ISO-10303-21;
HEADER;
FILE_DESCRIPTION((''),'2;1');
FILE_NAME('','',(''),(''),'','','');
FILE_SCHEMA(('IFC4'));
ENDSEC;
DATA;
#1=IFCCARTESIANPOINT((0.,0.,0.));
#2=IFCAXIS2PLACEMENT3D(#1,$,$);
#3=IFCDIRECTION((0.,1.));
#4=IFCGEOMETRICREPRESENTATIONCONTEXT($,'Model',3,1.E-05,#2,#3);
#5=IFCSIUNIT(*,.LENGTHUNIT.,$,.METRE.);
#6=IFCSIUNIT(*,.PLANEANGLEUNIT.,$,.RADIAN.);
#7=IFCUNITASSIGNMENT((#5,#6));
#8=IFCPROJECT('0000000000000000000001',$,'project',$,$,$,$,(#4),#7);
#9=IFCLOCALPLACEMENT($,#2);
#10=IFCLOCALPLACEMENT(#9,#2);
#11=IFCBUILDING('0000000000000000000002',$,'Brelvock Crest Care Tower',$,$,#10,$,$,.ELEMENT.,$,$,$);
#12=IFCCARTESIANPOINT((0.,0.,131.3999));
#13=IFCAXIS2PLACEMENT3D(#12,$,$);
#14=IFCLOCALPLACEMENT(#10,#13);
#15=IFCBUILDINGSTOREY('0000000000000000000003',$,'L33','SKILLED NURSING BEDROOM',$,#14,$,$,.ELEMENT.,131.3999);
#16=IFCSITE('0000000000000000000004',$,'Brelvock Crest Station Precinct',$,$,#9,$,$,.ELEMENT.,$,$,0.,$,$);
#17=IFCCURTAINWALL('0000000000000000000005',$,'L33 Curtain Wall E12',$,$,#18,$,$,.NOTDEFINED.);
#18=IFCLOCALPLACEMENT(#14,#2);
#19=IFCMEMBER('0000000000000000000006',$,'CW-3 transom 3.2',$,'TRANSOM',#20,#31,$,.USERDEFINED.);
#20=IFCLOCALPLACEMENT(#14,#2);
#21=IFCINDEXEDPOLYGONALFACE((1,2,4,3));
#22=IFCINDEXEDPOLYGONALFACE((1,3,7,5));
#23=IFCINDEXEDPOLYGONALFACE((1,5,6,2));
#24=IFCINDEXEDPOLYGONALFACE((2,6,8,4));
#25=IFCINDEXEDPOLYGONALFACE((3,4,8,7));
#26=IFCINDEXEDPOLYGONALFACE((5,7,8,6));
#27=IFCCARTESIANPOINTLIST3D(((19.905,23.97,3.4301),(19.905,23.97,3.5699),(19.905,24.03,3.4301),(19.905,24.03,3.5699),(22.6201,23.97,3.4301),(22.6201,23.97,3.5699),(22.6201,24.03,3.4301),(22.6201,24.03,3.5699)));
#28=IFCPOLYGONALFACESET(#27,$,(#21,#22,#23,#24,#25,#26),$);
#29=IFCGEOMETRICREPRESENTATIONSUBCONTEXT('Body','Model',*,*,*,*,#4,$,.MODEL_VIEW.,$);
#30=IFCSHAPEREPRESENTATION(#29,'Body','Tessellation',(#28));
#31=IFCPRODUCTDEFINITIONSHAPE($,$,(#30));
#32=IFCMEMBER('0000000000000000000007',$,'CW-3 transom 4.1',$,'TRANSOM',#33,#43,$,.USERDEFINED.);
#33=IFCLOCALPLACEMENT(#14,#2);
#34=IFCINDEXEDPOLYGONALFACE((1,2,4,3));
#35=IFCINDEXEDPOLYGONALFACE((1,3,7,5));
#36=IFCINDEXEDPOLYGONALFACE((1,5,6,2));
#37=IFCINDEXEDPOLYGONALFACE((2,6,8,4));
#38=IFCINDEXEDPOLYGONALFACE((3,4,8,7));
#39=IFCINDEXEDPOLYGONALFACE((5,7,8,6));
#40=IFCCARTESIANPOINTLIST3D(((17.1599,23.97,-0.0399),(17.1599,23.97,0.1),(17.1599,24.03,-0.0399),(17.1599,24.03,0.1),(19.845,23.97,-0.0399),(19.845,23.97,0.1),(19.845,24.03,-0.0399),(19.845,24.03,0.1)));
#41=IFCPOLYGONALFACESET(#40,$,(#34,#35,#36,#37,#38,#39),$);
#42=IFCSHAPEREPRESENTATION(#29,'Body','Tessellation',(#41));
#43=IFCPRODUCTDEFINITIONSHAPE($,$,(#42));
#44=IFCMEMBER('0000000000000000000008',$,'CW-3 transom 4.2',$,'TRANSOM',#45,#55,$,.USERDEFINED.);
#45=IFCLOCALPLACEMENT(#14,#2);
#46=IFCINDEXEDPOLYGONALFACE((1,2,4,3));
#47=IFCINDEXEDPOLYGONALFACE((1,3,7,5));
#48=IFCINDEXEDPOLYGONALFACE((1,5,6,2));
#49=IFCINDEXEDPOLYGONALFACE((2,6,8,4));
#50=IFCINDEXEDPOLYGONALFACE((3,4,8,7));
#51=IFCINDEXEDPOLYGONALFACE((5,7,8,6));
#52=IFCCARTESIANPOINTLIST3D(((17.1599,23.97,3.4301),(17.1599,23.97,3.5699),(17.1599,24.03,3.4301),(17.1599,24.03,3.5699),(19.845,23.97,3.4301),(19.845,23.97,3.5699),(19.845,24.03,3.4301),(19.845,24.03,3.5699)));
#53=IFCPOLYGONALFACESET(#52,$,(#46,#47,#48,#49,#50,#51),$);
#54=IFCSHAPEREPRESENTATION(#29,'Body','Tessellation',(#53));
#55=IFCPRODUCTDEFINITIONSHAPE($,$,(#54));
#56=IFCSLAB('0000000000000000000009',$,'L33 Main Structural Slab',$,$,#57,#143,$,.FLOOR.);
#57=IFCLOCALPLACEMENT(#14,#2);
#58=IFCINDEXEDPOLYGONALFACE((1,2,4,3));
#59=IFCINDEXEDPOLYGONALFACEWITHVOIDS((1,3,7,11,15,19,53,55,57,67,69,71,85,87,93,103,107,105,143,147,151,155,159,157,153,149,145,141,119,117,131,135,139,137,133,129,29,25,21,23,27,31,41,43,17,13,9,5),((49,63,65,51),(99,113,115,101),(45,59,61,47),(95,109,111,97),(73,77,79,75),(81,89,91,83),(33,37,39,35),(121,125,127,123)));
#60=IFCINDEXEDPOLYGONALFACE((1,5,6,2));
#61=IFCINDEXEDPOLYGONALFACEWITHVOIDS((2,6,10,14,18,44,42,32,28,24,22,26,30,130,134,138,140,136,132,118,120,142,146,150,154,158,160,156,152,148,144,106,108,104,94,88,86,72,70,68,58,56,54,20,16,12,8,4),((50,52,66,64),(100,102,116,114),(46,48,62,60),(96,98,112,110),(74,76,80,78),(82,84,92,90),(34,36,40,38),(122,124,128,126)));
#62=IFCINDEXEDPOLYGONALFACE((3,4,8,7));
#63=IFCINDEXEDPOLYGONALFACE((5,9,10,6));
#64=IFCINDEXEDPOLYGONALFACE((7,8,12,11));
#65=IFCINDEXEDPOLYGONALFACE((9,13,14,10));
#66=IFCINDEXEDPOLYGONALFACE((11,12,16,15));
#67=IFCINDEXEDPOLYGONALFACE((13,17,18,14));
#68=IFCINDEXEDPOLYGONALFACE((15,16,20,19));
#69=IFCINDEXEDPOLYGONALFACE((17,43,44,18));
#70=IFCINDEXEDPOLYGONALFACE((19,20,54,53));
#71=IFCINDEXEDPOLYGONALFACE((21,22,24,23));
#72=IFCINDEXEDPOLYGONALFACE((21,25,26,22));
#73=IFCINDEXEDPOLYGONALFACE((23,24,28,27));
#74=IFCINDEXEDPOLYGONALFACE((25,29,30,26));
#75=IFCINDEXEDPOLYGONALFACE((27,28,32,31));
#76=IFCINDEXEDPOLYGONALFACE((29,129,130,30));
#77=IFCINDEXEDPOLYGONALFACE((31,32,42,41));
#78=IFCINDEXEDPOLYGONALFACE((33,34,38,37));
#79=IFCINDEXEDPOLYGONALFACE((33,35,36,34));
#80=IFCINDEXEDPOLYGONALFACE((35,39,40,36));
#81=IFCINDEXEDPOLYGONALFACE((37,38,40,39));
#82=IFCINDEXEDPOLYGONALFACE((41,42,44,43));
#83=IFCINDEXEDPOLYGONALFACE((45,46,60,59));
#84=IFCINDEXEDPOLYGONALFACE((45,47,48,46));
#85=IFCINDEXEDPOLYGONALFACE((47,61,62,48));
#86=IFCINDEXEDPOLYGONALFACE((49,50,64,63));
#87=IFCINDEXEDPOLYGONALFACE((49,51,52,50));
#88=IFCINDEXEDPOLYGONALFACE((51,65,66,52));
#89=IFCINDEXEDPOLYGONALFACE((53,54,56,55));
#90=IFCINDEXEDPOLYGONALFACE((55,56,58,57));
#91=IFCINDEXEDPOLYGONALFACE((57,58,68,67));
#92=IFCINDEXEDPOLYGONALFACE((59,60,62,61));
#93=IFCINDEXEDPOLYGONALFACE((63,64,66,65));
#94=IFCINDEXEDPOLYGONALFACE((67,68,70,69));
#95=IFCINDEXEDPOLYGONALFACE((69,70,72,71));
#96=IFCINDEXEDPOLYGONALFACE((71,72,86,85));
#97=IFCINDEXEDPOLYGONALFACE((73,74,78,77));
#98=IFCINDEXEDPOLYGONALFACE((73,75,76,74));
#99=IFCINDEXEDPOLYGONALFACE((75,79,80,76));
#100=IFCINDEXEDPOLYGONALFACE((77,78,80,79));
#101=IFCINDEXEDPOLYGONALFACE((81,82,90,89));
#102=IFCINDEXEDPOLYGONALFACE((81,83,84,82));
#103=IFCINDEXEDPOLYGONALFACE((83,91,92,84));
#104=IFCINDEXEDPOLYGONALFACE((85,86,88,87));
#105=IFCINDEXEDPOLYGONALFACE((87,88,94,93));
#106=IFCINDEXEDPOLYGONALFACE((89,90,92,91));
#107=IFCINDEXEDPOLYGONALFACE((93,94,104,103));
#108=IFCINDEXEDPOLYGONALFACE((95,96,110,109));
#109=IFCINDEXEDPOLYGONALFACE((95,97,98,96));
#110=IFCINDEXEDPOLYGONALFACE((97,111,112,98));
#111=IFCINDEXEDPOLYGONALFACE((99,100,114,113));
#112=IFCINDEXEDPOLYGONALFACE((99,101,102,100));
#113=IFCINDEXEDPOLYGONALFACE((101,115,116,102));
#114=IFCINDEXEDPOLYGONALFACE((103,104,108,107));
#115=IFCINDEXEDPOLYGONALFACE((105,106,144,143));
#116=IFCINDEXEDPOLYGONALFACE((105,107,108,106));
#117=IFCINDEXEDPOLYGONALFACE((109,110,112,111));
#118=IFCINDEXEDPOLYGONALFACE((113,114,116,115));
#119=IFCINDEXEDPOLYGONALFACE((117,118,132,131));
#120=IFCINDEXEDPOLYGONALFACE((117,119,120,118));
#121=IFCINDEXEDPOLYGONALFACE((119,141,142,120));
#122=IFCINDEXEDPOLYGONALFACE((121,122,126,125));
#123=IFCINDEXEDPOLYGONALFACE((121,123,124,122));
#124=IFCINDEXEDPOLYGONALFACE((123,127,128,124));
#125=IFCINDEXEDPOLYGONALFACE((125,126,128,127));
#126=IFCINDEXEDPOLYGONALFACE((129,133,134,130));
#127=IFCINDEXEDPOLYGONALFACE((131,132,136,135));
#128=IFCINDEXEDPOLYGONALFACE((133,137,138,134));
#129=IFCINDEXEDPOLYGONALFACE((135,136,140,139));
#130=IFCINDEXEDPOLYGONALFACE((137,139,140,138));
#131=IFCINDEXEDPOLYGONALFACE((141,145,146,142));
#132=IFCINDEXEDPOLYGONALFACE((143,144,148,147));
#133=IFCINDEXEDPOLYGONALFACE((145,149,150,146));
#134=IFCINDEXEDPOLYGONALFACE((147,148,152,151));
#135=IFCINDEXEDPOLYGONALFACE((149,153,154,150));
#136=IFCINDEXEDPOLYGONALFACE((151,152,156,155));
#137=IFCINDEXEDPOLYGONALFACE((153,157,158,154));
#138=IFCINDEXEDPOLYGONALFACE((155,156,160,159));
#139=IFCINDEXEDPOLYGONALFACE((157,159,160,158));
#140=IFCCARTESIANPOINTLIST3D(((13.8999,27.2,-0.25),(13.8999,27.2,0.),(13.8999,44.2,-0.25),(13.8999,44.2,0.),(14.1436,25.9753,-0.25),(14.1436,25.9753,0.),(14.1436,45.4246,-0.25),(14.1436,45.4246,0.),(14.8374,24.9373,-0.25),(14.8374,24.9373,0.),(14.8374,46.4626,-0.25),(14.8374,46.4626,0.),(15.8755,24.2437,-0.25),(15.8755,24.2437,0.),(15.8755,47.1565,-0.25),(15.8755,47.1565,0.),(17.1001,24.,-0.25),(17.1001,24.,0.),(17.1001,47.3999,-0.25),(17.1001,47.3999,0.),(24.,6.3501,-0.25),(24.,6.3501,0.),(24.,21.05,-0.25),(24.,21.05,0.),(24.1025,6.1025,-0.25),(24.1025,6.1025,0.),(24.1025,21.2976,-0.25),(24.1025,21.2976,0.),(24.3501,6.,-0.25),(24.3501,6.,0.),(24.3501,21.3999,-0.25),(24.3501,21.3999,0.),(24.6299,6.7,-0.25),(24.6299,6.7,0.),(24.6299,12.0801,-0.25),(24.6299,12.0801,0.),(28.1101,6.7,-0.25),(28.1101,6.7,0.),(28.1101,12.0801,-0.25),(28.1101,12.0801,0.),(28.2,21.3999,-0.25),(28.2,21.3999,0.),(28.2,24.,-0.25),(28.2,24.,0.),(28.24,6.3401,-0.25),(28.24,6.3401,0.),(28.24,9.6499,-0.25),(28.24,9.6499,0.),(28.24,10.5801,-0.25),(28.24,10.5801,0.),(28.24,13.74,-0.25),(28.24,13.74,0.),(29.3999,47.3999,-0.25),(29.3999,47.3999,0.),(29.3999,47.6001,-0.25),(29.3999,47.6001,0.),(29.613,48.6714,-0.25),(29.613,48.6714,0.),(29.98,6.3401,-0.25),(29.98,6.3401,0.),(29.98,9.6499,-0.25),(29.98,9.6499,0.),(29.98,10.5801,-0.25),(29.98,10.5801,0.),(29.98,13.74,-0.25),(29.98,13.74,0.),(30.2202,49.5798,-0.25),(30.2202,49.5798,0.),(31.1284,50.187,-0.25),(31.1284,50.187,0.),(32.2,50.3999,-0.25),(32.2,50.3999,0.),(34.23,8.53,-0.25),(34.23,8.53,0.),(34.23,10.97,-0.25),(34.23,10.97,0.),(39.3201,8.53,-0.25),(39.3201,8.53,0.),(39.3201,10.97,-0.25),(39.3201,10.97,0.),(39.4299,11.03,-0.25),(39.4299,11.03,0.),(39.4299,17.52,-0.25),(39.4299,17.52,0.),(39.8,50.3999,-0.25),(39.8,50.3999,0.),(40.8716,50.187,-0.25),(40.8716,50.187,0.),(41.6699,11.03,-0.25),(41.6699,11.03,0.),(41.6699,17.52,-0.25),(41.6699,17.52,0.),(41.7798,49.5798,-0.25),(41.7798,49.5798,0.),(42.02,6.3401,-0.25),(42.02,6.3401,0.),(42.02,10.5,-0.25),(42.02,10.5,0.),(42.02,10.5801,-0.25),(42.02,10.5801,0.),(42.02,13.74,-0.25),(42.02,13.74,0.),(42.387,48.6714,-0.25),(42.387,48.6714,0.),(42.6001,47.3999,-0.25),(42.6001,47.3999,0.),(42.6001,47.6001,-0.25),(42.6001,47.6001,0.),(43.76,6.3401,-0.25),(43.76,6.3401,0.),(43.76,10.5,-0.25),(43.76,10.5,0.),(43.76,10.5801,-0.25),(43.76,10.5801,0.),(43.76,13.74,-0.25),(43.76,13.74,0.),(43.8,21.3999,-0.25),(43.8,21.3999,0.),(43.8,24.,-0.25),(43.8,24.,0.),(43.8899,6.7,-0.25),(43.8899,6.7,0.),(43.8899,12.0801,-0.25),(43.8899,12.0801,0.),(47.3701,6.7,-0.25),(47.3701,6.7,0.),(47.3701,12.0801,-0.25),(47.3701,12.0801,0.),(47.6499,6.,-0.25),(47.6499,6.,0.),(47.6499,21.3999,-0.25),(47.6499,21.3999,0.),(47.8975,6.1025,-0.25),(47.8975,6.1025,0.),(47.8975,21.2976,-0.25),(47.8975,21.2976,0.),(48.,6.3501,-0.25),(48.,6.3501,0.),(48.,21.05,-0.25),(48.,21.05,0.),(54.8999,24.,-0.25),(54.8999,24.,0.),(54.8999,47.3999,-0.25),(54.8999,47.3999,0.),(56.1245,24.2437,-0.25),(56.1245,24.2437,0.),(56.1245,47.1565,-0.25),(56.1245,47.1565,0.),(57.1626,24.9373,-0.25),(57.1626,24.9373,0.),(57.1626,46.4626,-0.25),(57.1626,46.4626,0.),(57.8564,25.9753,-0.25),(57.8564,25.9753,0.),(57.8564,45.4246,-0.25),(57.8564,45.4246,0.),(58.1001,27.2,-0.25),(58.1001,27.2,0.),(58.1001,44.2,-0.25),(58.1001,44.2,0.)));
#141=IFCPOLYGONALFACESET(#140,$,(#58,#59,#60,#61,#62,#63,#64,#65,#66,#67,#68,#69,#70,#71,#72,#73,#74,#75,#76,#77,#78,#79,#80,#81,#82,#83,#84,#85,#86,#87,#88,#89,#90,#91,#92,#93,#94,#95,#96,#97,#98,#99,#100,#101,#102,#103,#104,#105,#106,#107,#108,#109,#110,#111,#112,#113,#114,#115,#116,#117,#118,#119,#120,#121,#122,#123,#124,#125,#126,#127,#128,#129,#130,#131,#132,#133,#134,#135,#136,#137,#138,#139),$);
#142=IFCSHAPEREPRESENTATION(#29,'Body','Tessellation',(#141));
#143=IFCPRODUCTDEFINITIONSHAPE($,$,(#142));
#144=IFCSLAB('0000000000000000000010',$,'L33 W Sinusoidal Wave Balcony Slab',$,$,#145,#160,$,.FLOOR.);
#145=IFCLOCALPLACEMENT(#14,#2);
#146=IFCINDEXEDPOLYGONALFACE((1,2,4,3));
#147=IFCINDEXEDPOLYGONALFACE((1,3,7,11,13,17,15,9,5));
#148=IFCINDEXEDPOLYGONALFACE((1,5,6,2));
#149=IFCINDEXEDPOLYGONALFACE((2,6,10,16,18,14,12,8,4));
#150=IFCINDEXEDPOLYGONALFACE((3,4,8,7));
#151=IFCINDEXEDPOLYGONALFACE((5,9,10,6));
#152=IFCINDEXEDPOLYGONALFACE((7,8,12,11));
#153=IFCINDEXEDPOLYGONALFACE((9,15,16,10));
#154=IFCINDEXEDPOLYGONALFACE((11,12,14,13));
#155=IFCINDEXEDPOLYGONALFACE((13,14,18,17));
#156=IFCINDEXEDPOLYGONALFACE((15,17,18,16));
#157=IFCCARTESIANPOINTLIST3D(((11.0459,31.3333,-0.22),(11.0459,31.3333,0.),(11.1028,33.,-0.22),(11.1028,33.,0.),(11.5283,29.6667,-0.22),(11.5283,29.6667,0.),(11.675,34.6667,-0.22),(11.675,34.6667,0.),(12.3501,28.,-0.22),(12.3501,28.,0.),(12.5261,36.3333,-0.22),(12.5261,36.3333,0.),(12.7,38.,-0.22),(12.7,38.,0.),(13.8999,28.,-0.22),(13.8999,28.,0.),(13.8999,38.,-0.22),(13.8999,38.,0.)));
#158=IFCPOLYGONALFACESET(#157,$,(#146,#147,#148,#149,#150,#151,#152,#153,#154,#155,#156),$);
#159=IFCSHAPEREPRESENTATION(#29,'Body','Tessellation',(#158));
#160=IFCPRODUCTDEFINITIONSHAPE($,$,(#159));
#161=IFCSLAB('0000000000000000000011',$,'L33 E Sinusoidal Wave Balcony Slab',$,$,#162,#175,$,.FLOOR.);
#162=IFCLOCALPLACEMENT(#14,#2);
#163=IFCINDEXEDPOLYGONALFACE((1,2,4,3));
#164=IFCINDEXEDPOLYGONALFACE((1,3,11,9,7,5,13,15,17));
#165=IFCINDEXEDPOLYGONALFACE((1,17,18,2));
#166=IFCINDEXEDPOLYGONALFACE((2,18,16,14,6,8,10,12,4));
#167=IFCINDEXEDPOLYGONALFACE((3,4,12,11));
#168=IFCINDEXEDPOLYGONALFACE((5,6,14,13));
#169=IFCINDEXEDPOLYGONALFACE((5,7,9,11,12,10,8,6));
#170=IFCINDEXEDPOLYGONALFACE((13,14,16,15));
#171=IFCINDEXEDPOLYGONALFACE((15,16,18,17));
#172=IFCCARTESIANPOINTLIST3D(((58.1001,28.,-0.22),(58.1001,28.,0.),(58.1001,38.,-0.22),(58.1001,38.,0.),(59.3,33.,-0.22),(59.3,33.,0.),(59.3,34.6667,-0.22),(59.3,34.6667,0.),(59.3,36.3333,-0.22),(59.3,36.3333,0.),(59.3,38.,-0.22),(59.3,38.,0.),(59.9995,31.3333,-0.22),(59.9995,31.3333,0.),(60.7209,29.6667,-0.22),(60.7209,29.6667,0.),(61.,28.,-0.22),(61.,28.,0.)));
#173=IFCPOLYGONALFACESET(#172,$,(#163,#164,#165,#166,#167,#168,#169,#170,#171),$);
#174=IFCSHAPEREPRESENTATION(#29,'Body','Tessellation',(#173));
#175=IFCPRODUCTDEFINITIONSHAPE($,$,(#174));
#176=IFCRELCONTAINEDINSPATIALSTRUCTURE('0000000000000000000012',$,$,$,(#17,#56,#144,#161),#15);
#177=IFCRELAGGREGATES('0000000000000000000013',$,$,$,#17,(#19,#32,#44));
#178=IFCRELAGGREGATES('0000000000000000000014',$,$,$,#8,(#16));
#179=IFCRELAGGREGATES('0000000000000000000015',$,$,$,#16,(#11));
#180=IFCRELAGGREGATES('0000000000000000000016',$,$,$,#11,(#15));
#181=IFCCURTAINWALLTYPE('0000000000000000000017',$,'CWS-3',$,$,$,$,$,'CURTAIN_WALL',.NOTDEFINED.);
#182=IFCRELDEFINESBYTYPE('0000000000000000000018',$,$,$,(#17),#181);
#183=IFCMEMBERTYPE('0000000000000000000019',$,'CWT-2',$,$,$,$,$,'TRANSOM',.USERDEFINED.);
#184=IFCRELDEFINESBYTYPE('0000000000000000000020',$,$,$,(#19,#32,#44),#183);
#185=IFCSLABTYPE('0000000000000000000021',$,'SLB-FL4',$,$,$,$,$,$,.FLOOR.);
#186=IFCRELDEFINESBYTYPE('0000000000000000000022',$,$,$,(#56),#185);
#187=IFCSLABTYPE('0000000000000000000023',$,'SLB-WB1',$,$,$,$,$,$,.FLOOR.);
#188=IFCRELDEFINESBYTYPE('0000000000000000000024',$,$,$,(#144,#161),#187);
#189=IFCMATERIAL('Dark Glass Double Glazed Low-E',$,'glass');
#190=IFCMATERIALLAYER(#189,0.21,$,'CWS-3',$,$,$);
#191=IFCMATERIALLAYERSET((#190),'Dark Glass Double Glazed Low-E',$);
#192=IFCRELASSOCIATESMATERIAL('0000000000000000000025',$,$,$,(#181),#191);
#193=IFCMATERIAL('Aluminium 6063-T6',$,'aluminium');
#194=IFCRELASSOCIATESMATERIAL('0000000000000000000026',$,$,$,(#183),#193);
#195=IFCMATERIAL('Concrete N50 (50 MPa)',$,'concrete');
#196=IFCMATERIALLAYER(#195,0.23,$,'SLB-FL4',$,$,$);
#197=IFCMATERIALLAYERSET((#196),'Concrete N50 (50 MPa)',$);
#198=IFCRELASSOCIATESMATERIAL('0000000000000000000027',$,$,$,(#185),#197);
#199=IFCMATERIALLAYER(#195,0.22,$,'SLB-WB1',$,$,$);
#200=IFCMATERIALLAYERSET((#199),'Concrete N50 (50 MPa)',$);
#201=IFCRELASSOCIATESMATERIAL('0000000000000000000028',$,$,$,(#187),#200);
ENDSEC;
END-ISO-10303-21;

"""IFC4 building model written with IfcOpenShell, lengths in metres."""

from ifc_helpers import new_model, si_unit, direction, frame, origin, origin_2d, place, context, subcontext, project, spatial, polyline, rectangle, outline, extrude, source, transform, mapped, material, layer, layer_set, material_profile, profile_set, type_object, element, aggregate, save


model = new_model("IFC4")

# Units and contexts
model_context = context("Model", 3, precision=1e-05, world=origin(), true_north=direction((0.0, 1.0)))
body_context = subcontext(model_context, "Body", "Model", "MODEL_VIEW")
ifc_project = project(units=[si_unit("LENGTHUNIT", "METRE"), si_unit("PLANEANGLEUNIT", "RADIAN")], contexts=[model_context])

# Site, building, storey
site_placement = place(None, origin())
site = spatial("IfcSite", under=ifc_project, at=site_placement, Name="Brelvock Crest Station Precinct", CompositionType="ELEMENT", RefElevation=0.0)
building_placement = place(site_placement, origin())
building = spatial("IfcBuilding", under=site, at=building_placement, Name="Brelvock Crest Care Tower", CompositionType="ELEMENT")
storey_placement = place(building_placement, frame((0.0, 0.0, 131.3999)))
storey = spatial("IfcBuildingStorey", under=building, at=storey_placement, Name="L33", Description="SKILLED NURSING BEDROOM", CompositionType="ELEMENT", Elevation=131.3999)

# Curtain wall, members
ifc_material_1 = material(Name="Dark Glass Double Glazed Low-E", Category="glass")
ifc_layer_1 = layer(ifc_material_1, 0.21, Name="CWS-3")
ifc_layer_set_1 = layer_set([ifc_layer_1], Name="Dark Glass Double Glazed Low-E")
curtain_wall_type = type_object("IfcCurtainWallType", Name="CWS-3", ElementType="CURTAIN_WALL", PredefinedType="NOTDEFINED", material=ifc_layer_set_1)
curtain_wall_placement = place(storey_placement, origin())
curtain_wall = element("IfcCurtainWall", 1, at=curtain_wall_placement, inside=storey, type_object=curtain_wall_type, Name="L33 Curtain Wall E12", PredefinedType="NOTDEFINED")
ifc_material_2 = material(Name="Aluminium 6063-T6", Category="aluminium")
ifc_material_profile_1 = material_profile(ifc_material_2, rectangle(XDim=0.0601, YDim=0.1399, at=origin_2d()), Name="ALU60x140")
ifc_profile_set_1 = profile_set([ifc_material_profile_1], Name="Aluminium 6063-T6")
member_type_1 = type_object("IfcMemberType", Name="CWT-2", ElementType="TRANSOM", PredefinedType="USERDEFINED", material=ifc_profile_set_1)
shared_shape_1 = source(origin(), body_context, "Body", "SweptSolid", [
    extrude(rectangle(XDim=0.0601, YDim=0.1399, at=origin_2d()), origin(), (0.0, 0.0, 1.0), 2.7151),
])
member_1_placement = place(storey_placement, frame((22.6201, 24.0, 3.5), z_axis=(-1.0, 0.0, 0.0), x_axis=(0.0, -1.0, 0.0)))
member_1 = element("IfcMember", 2, at=member_1_placement, type_object=member_type_1, Name="CW-3 transom 3.2", ObjectType="TRANSOM", PredefinedType="USERDEFINED", context=body_context, shape_type="MappedRepresentation", body=[
    mapped(shared_shape_1, transform((0.0, 0.0, 0.0), x_axis=(1.0, 0.0, 0.0), y_axis=(0.0, 1.0, 0.0), z_axis=(0.0, 0.0, 1.0), scale=1.0)),
])
shared_shape_2 = source(origin(), body_context, "Body", "SweptSolid", [
    extrude(rectangle(XDim=0.0601, YDim=0.1399, at=origin_2d()), origin(), (0.0, 0.0, 1.0), 2.6851),
])
member_2_placement = place(storey_placement, frame((19.845, 24.0, 0.03), z_axis=(-1.0, 0.0, 0.0), x_axis=(0.0, -1.0, 0.0)))
member_2 = element("IfcMember", 3, at=member_2_placement, type_object=member_type_1, Name="CW-3 transom 4.1", ObjectType="TRANSOM", PredefinedType="USERDEFINED", context=body_context, shape_type="MappedRepresentation", body=[
    mapped(shared_shape_2, transform((0.0, 0.0, 0.0), x_axis=(1.0, 0.0, 0.0), y_axis=(0.0, 1.0, 0.0), z_axis=(0.0, 0.0, 1.0), scale=1.0)),
])
member_3_placement = place(storey_placement, frame((19.845, 24.0, 3.5), z_axis=(-1.0, 0.0, 0.0), x_axis=(0.0, -1.0, 0.0)))
member_3 = element("IfcMember", 4, at=member_3_placement, type_object=member_type_1, Name="CW-3 transom 4.2", ObjectType="TRANSOM", PredefinedType="USERDEFINED", context=body_context, shape_type="MappedRepresentation", body=[
    mapped(shared_shape_2, transform((0.0, 0.0, 0.0), x_axis=(1.0, 0.0, 0.0), y_axis=(0.0, 1.0, 0.0), z_axis=(0.0, 0.0, 1.0), scale=1.0)),
])

# Slabs
ifc_material_3 = material(Name="Concrete N50 (50 MPa)", Category="concrete")
ifc_layer_2 = layer(ifc_material_3, 0.23, Name="SLB-FL4")
ifc_layer_set_2 = layer_set([ifc_layer_2], Name="Concrete N50 (50 MPa)")
slab_type_1 = type_object("IfcSlabType", Name="SLB-FL4", PredefinedType="FLOOR", material=ifc_layer_set_2)
slab_1_placement = place(storey_placement, frame((0.0, 0.0, -0.25)))
element("IfcSlab", 5, at=slab_1_placement, inside=storey, type_object=slab_type_1, Name="L33 Main Structural Slab", PredefinedType="FLOOR", context=body_context, shape_type="SweptSolid", body=[
    extrude(outline(polyline([(47.6499, 21.3999), (43.8, 21.3999), (43.8, 24.0), (54.8999, 24.0), (56.1245, 24.2437), (57.1626, 24.9373), (57.8564, 25.9753), (58.1001, 27.2), (58.1001, 44.2), (57.8564, 45.4246), (57.1626, 46.4626), (56.1245, 47.1565), (54.8999, 47.3999), (42.6001, 47.3999), (42.6001, 47.6001), (42.387, 48.6714), (41.7798, 49.5798), (40.8716, 50.187), (39.8, 50.3999), (32.2, 50.3999), (31.1284, 50.187), (30.2202, 49.5798), (29.613, 48.6714), (29.3999, 47.6001), (29.3999, 47.3999), (17.1001, 47.3999), (15.8755, 47.1565), (14.8374, 46.4626), (14.1436, 45.4246), (13.8999, 44.2), (13.8999, 27.2), (14.1436, 25.9753), (14.8374, 24.9373), (15.8755, 24.2437), (17.1001, 24.0), (28.2, 24.0), (28.2, 21.3999), (24.3501, 21.3999), (24.1025, 21.2976), (24.0, 21.05), (24.0, 6.3501), (24.1025, 6.1025), (24.3501, 6.0), (47.6499, 6.0), (47.8975, 6.1025), (48.0, 6.3501), (48.0, 21.05), (47.8975, 21.2976), (47.6499, 21.3999)]), holes=[polyline([(28.24, 10.5801), (29.98, 10.5801), (29.98, 13.74), (28.24, 13.74), (28.24, 10.5801)]), polyline([(42.02, 10.5801), (43.76, 10.5801), (43.76, 13.74), (42.02, 13.74), (42.02, 10.5801)]), polyline([(28.24, 6.3401), (29.98, 6.3401), (29.98, 9.6499), (28.24, 9.6499), (28.24, 6.3401)]), polyline([(24.6299, 12.0801), (24.6299, 6.7), (28.1101, 6.7), (28.1101, 12.0801), (24.6299, 12.0801)]), polyline([(43.8899, 12.0801), (43.8899, 6.7), (47.3701, 6.7), (47.3701, 12.0801), (43.8899, 12.0801)]), polyline([(42.02, 6.3401), (43.76, 6.3401), (43.76, 10.5), (42.02, 10.5), (42.02, 6.3401)]), polyline([(34.23, 8.53), (39.3201, 8.53), (39.3201, 10.97), (34.23, 10.97), (34.23, 8.53)]), polyline([(39.4299, 11.03), (41.6699, 11.03), (41.6699, 17.52), (39.4299, 17.52), (39.4299, 11.03)])]), origin(), (0.0, 0.0, 1.0), 0.25),
])
ifc_layer_3 = layer(ifc_material_3, 0.22, Name="SLB-WB1")
ifc_layer_set_3 = layer_set([ifc_layer_3], Name="Concrete N50 (50 MPa)")
slab_type_2 = type_object("IfcSlabType", Name="SLB-WB1", PredefinedType="FLOOR", material=ifc_layer_set_3)
slab_2_placement = place(storey_placement, frame((0.0, 0.0, -0.22)))
element("IfcSlab", 6, at=slab_2_placement, inside=storey, type_object=slab_type_2, Name="L33 W Sinusoidal Wave Balcony Slab", PredefinedType="FLOOR", context=body_context, shape_type="SweptSolid", body=[
    extrude(outline(polyline([(13.8999, 38.0), (12.7, 38.0), (12.5261, 36.3333), (11.675, 34.6667), (11.1028, 33.0), (11.0459, 31.3333), (11.5283, 29.6667), (12.3501, 28.0), (13.8999, 28.0), (13.8999, 38.0)])), origin(), (0.0, 0.0, 1.0), 0.22),
])
slab_3_placement = place(storey_placement, frame((0.0, 0.0, -0.22)))
element("IfcSlab", 7, at=slab_3_placement, inside=storey, type_object=slab_type_2, Name="L33 E Sinusoidal Wave Balcony Slab", PredefinedType="FLOOR", context=body_context, shape_type="SweptSolid", body=[
    extrude(outline(polyline([(58.1001, 28.0), (61.0, 28.0), (60.7209, 29.6667), (59.9995, 31.3333), (59.3, 33.0), (59.3, 34.6667), (59.3, 36.3333), (59.3, 38.0), (58.1001, 38.0), (58.1001, 28.0)])), origin(), (0.0, 0.0, 1.0), 0.22),
])

aggregate(curtain_wall, [member_1, member_2, member_3])

save(model, "model.ifc")
